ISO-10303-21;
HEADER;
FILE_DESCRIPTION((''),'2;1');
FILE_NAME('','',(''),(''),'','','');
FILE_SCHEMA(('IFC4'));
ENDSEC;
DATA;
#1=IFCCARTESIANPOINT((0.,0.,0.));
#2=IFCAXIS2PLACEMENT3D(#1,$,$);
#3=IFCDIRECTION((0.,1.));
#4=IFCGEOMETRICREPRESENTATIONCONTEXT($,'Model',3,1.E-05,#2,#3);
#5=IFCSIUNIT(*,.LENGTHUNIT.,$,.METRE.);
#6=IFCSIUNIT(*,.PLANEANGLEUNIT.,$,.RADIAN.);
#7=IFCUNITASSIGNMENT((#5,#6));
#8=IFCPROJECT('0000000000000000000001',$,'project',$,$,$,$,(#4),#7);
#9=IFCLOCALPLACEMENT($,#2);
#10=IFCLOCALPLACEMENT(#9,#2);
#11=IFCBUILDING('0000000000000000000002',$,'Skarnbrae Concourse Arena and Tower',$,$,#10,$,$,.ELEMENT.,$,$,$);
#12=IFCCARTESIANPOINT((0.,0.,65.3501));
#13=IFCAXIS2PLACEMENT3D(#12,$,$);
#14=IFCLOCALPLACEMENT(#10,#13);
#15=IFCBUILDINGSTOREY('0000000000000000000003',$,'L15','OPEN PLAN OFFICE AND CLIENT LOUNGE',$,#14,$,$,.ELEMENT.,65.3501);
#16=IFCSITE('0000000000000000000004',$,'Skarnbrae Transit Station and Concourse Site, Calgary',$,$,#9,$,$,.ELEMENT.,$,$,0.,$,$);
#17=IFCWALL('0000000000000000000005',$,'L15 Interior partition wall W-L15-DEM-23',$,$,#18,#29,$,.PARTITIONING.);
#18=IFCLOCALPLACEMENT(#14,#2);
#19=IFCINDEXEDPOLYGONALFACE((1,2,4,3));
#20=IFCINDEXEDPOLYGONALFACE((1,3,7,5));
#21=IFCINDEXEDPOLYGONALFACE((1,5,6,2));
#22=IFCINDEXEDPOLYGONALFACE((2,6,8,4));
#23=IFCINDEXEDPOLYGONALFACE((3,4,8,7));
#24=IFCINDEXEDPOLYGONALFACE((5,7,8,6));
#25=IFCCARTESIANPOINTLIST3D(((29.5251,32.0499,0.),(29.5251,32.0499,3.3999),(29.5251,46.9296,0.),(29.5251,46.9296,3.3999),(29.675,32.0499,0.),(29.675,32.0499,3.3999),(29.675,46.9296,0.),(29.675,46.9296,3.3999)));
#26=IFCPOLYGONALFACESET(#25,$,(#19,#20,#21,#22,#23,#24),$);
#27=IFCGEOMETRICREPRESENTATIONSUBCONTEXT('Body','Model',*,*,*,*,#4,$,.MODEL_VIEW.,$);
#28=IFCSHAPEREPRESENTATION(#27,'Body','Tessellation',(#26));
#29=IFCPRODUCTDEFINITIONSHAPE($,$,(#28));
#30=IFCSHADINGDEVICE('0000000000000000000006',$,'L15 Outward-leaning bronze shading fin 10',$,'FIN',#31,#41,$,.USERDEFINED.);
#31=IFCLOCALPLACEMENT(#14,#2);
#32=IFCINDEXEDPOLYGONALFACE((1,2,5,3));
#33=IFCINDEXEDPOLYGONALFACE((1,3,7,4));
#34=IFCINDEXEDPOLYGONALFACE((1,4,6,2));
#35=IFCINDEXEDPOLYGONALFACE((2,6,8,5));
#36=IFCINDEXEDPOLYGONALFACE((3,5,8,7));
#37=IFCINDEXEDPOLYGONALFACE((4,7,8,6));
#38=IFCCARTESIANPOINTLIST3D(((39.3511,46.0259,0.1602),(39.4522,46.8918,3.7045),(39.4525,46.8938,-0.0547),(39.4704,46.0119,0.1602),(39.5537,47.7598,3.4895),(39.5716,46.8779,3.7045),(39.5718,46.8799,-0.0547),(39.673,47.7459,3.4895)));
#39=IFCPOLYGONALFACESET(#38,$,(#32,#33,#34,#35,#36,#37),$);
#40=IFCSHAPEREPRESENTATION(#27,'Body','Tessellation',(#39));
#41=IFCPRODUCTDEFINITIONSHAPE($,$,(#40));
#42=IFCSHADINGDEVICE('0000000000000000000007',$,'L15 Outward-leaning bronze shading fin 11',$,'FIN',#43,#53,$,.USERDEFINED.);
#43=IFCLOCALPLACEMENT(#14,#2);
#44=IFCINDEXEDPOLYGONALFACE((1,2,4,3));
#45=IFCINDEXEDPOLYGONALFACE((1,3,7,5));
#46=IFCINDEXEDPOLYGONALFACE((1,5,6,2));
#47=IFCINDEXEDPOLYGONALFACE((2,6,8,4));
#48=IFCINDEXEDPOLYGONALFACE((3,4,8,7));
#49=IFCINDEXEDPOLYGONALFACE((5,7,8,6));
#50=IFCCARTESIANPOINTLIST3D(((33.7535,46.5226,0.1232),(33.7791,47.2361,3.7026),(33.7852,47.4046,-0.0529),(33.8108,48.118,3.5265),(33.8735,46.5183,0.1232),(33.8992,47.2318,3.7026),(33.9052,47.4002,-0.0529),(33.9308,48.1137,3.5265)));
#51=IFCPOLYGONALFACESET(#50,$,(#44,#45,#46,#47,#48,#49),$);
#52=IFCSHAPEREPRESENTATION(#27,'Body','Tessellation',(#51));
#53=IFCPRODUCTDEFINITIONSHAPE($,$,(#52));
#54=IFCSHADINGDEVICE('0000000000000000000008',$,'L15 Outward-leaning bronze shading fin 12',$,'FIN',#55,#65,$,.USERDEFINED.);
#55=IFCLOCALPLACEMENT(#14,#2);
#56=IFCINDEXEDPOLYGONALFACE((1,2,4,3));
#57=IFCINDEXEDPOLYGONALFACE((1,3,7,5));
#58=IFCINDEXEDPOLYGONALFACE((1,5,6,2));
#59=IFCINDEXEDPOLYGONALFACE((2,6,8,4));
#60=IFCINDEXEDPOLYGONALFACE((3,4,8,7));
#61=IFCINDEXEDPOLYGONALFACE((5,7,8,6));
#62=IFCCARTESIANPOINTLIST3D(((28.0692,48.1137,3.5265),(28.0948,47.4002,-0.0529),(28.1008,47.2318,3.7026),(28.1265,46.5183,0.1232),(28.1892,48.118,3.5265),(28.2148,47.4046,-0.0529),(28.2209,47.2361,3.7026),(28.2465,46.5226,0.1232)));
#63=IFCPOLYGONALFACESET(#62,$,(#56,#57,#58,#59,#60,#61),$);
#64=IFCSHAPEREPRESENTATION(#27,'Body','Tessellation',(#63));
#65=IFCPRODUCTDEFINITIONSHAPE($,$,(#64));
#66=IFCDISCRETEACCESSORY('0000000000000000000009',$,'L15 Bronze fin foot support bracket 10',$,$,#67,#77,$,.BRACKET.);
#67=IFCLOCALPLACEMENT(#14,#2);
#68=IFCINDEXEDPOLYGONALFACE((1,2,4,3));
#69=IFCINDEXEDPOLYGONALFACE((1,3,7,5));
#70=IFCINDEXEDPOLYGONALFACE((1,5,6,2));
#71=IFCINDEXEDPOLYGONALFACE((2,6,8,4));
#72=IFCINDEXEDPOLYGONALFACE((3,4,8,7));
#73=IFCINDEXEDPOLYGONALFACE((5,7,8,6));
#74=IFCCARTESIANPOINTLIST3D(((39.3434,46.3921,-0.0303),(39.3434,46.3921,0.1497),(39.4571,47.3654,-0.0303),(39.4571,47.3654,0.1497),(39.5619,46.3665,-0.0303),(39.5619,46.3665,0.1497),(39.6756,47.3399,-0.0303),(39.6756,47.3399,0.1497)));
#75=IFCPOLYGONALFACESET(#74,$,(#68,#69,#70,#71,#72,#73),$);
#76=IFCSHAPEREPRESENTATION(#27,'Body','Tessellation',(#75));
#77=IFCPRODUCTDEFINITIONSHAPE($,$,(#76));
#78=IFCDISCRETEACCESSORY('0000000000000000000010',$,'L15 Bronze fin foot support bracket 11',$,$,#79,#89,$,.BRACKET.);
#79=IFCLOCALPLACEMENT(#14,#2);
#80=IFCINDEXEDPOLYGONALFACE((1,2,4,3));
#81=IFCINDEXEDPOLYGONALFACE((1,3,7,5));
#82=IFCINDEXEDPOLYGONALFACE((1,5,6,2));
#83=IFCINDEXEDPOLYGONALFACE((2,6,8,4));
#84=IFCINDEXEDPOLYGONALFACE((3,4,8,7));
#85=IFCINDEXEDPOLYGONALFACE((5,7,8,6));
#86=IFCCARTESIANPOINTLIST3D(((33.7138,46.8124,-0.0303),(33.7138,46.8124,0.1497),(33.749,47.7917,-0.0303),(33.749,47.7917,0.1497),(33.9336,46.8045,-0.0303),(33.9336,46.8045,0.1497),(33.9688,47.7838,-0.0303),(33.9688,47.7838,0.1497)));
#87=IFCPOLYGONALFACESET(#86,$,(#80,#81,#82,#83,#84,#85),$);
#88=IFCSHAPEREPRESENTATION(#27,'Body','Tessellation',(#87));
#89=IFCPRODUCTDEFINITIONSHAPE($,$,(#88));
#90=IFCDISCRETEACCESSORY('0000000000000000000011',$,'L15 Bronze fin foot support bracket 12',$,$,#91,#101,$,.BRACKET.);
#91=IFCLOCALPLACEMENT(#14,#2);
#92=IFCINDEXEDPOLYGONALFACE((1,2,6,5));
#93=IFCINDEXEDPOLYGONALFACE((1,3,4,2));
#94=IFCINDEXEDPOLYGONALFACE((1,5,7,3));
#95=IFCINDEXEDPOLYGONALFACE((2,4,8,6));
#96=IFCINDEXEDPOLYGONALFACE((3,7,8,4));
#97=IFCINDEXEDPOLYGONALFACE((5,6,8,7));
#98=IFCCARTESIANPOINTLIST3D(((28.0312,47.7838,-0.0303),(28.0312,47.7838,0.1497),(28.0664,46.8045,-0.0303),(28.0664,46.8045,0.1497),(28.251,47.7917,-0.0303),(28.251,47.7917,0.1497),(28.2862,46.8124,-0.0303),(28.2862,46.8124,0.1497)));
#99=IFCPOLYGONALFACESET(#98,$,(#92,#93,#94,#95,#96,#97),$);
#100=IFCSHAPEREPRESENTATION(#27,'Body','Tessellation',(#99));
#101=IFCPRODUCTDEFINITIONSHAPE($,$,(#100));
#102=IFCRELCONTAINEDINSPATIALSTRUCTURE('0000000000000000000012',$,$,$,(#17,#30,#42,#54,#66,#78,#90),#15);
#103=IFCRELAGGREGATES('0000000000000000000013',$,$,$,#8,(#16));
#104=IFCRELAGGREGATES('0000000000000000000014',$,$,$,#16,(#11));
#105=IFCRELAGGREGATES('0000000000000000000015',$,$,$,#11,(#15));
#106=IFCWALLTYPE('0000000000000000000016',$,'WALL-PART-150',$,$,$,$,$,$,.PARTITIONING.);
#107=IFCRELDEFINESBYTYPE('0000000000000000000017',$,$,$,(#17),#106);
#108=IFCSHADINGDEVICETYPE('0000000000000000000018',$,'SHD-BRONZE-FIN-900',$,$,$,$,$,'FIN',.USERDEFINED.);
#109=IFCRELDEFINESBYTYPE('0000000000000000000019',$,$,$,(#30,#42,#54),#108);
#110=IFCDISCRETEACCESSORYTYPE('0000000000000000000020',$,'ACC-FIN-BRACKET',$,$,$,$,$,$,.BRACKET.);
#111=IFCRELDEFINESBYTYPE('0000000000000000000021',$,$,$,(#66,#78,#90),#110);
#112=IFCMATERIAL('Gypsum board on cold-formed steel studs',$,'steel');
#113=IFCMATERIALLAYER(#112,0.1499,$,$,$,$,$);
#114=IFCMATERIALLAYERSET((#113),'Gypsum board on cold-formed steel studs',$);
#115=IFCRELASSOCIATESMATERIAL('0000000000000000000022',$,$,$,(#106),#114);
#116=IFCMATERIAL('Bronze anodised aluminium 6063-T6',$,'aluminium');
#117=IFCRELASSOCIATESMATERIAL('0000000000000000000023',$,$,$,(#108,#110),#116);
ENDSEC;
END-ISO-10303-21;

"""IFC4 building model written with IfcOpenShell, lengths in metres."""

from ifc_helpers import new_model, si_unit, direction, frame, frame_2d, origin, origin_2d, place, context, subcontext, project, spatial, rectangle, extrude, source, transform, mapped, material, layer, layer_set, type_object, element, save


model = new_model("IFC4")

# Units and contexts
model_context = context("Model", 3, precision=1e-05, world=origin(), true_north=direction((0.0, 1.0)))
body_context = subcontext(model_context, "Body", "Model", "MODEL_VIEW")
ifc_project = project(units=[si_unit("LENGTHUNIT", "METRE"), si_unit("PLANEANGLEUNIT", "RADIAN")], contexts=[model_context])

# Site, building, storey
site_placement = place(None, origin())
site = spatial("IfcSite", under=ifc_project, at=site_placement, Name="Skarnbrae Transit Station and Concourse Site, Calgary", CompositionType="ELEMENT", RefElevation=0.0)
building_placement = place(site_placement, origin())
building = spatial("IfcBuilding", under=site, at=building_placement, Name="Skarnbrae Concourse Arena and Tower", CompositionType="ELEMENT")
storey_placement = place(building_placement, frame((0.0, 0.0, 65.3501)))
storey = spatial("IfcBuildingStorey", under=building, at=storey_placement, Name="L15", Description="OPEN PLAN OFFICE AND CLIENT LOUNGE", CompositionType="ELEMENT", Elevation=65.3501)

# Shared definitions
ifc_material_1 = material(Name="Bronze anodised aluminium 6063-T6", Category="aluminium")

# Wall
ifc_material_2 = material(Name="Gypsum board on cold-formed steel studs", Category="steel")
ifc_layer_1 = layer(ifc_material_2, 0.1499)
ifc_layer_set_1 = layer_set([ifc_layer_1], Name="Gypsum board on cold-formed steel studs")
wall_type = type_object("IfcWallType", Name="WALL-PART-150", PredefinedType="PARTITIONING", material=ifc_layer_set_1)
shared_shape_1 = source(origin(), body_context, "Body", "SweptSolid", [
    extrude(rectangle(XDim=14.8796, YDim=0.1499, at=frame_2d((7.4399, 0.0))), origin(), (0.0, 0.0, 1.0), 3.3999),
])
wall_placement = place(storey_placement, frame((29.6001, 46.9297, 0.0), z_axis=(0.0, 0.0, 1.0), x_axis=(0.0, -1.0, 0.0)))
element("IfcWall", 1, at=wall_placement, inside=storey, type_object=wall_type, Name="L15 Interior partition wall W-L15-DEM-23", PredefinedType="PARTITIONING", context=body_context, shape_type="MappedRepresentation", body=[
    mapped(shared_shape_1, transform((0.0, 0.0, 0.0))),
])

# Shading devices
shading_device_type = type_object("IfcShadingDeviceType", Name="SHD-BRONZE-FIN-900", ElementType="FIN", PredefinedType="USERDEFINED", material=ifc_material_1)
shared_shape_2 = source(origin(), body_context, "Body", "SweptSolid", [
    extrude(rectangle(XDim=0.1201, YDim=0.8999, at=origin_2d()), origin(), (0.0, 0.0, 1.0), 3.6499),
])
for number, where, z_axis, x_axis, name in (
    (2, (39.4614, 46.4529, 0.0527), (0.02772, 0.237259, 0.971051), (0.993244, -0.116047, 0.0), "L15 Outward-leaning bronze shading fin 10"),
    (3, (33.8293, 46.9614, 0.0352), (0.007021, 0.195478, 0.980683), (0.999356, -0.035894, 0.0), "L15 Outward-leaning bronze shading fin 11"),
    (4, (28.1707, 46.9614, 0.0352), (-0.007021, 0.195478, 0.980683), (0.999356, 0.035894, 0.0), "L15 Outward-leaning bronze shading fin 12"),
):
    element("IfcShadingDevice", number, at=place(storey_placement, frame(where, z_axis=z_axis, x_axis=x_axis)), inside=storey, type_object=shading_device_type, Name=name, ObjectType="FIN", PredefinedType="USERDEFINED", context=body_context, shape_type="MappedRepresentation", body=[
        mapped(shared_shape_2, transform((0.0, 0.0, 0.0))),
    ])

# Discrete accessories
discrete_accessory_type = type_object("IfcDiscreteAccessoryType", Name="ACC-FIN-BRACKET", PredefinedType="BRACKET", material=ifc_material_1)
shared_shape_3 = source(origin(), body_context, "Body", "SweptSolid", [
    extrude(rectangle(XDim=0.22, YDim=0.98, at=origin_2d()), origin(), (0.0, 0.0, 1.0), 0.1799),
])
for number, where, z_axis, x_axis, name in (
    (5, (39.5095, 46.866, -0.0303), (0.0, 0.0, 1.0), (0.993244, -0.116047, 0.0), "L15 Bronze fin foot support bracket 10"),
    (6, (33.8413, 47.2981, -0.0303), (0.0, 0.0, 1.0), (0.999356, -0.035894, 0.0), "L15 Bronze fin foot support bracket 11"),
    (7, (28.1587, 47.2981, -0.0303), (0.0, 0.0, 1.0), (0.999356, 0.035894, 0.0), "L15 Bronze fin foot support bracket 12"),
):
    element("IfcDiscreteAccessory", number, at=place(storey_placement, frame(where, z_axis=z_axis, x_axis=x_axis)), inside=storey, type_object=discrete_accessory_type, Name=name, PredefinedType="BRACKET", context=body_context, shape_type="MappedRepresentation", body=[
        mapped(shared_shape_3, transform((0.0, 0.0, 0.0))),
    ])

save(model, "model.ifc")
